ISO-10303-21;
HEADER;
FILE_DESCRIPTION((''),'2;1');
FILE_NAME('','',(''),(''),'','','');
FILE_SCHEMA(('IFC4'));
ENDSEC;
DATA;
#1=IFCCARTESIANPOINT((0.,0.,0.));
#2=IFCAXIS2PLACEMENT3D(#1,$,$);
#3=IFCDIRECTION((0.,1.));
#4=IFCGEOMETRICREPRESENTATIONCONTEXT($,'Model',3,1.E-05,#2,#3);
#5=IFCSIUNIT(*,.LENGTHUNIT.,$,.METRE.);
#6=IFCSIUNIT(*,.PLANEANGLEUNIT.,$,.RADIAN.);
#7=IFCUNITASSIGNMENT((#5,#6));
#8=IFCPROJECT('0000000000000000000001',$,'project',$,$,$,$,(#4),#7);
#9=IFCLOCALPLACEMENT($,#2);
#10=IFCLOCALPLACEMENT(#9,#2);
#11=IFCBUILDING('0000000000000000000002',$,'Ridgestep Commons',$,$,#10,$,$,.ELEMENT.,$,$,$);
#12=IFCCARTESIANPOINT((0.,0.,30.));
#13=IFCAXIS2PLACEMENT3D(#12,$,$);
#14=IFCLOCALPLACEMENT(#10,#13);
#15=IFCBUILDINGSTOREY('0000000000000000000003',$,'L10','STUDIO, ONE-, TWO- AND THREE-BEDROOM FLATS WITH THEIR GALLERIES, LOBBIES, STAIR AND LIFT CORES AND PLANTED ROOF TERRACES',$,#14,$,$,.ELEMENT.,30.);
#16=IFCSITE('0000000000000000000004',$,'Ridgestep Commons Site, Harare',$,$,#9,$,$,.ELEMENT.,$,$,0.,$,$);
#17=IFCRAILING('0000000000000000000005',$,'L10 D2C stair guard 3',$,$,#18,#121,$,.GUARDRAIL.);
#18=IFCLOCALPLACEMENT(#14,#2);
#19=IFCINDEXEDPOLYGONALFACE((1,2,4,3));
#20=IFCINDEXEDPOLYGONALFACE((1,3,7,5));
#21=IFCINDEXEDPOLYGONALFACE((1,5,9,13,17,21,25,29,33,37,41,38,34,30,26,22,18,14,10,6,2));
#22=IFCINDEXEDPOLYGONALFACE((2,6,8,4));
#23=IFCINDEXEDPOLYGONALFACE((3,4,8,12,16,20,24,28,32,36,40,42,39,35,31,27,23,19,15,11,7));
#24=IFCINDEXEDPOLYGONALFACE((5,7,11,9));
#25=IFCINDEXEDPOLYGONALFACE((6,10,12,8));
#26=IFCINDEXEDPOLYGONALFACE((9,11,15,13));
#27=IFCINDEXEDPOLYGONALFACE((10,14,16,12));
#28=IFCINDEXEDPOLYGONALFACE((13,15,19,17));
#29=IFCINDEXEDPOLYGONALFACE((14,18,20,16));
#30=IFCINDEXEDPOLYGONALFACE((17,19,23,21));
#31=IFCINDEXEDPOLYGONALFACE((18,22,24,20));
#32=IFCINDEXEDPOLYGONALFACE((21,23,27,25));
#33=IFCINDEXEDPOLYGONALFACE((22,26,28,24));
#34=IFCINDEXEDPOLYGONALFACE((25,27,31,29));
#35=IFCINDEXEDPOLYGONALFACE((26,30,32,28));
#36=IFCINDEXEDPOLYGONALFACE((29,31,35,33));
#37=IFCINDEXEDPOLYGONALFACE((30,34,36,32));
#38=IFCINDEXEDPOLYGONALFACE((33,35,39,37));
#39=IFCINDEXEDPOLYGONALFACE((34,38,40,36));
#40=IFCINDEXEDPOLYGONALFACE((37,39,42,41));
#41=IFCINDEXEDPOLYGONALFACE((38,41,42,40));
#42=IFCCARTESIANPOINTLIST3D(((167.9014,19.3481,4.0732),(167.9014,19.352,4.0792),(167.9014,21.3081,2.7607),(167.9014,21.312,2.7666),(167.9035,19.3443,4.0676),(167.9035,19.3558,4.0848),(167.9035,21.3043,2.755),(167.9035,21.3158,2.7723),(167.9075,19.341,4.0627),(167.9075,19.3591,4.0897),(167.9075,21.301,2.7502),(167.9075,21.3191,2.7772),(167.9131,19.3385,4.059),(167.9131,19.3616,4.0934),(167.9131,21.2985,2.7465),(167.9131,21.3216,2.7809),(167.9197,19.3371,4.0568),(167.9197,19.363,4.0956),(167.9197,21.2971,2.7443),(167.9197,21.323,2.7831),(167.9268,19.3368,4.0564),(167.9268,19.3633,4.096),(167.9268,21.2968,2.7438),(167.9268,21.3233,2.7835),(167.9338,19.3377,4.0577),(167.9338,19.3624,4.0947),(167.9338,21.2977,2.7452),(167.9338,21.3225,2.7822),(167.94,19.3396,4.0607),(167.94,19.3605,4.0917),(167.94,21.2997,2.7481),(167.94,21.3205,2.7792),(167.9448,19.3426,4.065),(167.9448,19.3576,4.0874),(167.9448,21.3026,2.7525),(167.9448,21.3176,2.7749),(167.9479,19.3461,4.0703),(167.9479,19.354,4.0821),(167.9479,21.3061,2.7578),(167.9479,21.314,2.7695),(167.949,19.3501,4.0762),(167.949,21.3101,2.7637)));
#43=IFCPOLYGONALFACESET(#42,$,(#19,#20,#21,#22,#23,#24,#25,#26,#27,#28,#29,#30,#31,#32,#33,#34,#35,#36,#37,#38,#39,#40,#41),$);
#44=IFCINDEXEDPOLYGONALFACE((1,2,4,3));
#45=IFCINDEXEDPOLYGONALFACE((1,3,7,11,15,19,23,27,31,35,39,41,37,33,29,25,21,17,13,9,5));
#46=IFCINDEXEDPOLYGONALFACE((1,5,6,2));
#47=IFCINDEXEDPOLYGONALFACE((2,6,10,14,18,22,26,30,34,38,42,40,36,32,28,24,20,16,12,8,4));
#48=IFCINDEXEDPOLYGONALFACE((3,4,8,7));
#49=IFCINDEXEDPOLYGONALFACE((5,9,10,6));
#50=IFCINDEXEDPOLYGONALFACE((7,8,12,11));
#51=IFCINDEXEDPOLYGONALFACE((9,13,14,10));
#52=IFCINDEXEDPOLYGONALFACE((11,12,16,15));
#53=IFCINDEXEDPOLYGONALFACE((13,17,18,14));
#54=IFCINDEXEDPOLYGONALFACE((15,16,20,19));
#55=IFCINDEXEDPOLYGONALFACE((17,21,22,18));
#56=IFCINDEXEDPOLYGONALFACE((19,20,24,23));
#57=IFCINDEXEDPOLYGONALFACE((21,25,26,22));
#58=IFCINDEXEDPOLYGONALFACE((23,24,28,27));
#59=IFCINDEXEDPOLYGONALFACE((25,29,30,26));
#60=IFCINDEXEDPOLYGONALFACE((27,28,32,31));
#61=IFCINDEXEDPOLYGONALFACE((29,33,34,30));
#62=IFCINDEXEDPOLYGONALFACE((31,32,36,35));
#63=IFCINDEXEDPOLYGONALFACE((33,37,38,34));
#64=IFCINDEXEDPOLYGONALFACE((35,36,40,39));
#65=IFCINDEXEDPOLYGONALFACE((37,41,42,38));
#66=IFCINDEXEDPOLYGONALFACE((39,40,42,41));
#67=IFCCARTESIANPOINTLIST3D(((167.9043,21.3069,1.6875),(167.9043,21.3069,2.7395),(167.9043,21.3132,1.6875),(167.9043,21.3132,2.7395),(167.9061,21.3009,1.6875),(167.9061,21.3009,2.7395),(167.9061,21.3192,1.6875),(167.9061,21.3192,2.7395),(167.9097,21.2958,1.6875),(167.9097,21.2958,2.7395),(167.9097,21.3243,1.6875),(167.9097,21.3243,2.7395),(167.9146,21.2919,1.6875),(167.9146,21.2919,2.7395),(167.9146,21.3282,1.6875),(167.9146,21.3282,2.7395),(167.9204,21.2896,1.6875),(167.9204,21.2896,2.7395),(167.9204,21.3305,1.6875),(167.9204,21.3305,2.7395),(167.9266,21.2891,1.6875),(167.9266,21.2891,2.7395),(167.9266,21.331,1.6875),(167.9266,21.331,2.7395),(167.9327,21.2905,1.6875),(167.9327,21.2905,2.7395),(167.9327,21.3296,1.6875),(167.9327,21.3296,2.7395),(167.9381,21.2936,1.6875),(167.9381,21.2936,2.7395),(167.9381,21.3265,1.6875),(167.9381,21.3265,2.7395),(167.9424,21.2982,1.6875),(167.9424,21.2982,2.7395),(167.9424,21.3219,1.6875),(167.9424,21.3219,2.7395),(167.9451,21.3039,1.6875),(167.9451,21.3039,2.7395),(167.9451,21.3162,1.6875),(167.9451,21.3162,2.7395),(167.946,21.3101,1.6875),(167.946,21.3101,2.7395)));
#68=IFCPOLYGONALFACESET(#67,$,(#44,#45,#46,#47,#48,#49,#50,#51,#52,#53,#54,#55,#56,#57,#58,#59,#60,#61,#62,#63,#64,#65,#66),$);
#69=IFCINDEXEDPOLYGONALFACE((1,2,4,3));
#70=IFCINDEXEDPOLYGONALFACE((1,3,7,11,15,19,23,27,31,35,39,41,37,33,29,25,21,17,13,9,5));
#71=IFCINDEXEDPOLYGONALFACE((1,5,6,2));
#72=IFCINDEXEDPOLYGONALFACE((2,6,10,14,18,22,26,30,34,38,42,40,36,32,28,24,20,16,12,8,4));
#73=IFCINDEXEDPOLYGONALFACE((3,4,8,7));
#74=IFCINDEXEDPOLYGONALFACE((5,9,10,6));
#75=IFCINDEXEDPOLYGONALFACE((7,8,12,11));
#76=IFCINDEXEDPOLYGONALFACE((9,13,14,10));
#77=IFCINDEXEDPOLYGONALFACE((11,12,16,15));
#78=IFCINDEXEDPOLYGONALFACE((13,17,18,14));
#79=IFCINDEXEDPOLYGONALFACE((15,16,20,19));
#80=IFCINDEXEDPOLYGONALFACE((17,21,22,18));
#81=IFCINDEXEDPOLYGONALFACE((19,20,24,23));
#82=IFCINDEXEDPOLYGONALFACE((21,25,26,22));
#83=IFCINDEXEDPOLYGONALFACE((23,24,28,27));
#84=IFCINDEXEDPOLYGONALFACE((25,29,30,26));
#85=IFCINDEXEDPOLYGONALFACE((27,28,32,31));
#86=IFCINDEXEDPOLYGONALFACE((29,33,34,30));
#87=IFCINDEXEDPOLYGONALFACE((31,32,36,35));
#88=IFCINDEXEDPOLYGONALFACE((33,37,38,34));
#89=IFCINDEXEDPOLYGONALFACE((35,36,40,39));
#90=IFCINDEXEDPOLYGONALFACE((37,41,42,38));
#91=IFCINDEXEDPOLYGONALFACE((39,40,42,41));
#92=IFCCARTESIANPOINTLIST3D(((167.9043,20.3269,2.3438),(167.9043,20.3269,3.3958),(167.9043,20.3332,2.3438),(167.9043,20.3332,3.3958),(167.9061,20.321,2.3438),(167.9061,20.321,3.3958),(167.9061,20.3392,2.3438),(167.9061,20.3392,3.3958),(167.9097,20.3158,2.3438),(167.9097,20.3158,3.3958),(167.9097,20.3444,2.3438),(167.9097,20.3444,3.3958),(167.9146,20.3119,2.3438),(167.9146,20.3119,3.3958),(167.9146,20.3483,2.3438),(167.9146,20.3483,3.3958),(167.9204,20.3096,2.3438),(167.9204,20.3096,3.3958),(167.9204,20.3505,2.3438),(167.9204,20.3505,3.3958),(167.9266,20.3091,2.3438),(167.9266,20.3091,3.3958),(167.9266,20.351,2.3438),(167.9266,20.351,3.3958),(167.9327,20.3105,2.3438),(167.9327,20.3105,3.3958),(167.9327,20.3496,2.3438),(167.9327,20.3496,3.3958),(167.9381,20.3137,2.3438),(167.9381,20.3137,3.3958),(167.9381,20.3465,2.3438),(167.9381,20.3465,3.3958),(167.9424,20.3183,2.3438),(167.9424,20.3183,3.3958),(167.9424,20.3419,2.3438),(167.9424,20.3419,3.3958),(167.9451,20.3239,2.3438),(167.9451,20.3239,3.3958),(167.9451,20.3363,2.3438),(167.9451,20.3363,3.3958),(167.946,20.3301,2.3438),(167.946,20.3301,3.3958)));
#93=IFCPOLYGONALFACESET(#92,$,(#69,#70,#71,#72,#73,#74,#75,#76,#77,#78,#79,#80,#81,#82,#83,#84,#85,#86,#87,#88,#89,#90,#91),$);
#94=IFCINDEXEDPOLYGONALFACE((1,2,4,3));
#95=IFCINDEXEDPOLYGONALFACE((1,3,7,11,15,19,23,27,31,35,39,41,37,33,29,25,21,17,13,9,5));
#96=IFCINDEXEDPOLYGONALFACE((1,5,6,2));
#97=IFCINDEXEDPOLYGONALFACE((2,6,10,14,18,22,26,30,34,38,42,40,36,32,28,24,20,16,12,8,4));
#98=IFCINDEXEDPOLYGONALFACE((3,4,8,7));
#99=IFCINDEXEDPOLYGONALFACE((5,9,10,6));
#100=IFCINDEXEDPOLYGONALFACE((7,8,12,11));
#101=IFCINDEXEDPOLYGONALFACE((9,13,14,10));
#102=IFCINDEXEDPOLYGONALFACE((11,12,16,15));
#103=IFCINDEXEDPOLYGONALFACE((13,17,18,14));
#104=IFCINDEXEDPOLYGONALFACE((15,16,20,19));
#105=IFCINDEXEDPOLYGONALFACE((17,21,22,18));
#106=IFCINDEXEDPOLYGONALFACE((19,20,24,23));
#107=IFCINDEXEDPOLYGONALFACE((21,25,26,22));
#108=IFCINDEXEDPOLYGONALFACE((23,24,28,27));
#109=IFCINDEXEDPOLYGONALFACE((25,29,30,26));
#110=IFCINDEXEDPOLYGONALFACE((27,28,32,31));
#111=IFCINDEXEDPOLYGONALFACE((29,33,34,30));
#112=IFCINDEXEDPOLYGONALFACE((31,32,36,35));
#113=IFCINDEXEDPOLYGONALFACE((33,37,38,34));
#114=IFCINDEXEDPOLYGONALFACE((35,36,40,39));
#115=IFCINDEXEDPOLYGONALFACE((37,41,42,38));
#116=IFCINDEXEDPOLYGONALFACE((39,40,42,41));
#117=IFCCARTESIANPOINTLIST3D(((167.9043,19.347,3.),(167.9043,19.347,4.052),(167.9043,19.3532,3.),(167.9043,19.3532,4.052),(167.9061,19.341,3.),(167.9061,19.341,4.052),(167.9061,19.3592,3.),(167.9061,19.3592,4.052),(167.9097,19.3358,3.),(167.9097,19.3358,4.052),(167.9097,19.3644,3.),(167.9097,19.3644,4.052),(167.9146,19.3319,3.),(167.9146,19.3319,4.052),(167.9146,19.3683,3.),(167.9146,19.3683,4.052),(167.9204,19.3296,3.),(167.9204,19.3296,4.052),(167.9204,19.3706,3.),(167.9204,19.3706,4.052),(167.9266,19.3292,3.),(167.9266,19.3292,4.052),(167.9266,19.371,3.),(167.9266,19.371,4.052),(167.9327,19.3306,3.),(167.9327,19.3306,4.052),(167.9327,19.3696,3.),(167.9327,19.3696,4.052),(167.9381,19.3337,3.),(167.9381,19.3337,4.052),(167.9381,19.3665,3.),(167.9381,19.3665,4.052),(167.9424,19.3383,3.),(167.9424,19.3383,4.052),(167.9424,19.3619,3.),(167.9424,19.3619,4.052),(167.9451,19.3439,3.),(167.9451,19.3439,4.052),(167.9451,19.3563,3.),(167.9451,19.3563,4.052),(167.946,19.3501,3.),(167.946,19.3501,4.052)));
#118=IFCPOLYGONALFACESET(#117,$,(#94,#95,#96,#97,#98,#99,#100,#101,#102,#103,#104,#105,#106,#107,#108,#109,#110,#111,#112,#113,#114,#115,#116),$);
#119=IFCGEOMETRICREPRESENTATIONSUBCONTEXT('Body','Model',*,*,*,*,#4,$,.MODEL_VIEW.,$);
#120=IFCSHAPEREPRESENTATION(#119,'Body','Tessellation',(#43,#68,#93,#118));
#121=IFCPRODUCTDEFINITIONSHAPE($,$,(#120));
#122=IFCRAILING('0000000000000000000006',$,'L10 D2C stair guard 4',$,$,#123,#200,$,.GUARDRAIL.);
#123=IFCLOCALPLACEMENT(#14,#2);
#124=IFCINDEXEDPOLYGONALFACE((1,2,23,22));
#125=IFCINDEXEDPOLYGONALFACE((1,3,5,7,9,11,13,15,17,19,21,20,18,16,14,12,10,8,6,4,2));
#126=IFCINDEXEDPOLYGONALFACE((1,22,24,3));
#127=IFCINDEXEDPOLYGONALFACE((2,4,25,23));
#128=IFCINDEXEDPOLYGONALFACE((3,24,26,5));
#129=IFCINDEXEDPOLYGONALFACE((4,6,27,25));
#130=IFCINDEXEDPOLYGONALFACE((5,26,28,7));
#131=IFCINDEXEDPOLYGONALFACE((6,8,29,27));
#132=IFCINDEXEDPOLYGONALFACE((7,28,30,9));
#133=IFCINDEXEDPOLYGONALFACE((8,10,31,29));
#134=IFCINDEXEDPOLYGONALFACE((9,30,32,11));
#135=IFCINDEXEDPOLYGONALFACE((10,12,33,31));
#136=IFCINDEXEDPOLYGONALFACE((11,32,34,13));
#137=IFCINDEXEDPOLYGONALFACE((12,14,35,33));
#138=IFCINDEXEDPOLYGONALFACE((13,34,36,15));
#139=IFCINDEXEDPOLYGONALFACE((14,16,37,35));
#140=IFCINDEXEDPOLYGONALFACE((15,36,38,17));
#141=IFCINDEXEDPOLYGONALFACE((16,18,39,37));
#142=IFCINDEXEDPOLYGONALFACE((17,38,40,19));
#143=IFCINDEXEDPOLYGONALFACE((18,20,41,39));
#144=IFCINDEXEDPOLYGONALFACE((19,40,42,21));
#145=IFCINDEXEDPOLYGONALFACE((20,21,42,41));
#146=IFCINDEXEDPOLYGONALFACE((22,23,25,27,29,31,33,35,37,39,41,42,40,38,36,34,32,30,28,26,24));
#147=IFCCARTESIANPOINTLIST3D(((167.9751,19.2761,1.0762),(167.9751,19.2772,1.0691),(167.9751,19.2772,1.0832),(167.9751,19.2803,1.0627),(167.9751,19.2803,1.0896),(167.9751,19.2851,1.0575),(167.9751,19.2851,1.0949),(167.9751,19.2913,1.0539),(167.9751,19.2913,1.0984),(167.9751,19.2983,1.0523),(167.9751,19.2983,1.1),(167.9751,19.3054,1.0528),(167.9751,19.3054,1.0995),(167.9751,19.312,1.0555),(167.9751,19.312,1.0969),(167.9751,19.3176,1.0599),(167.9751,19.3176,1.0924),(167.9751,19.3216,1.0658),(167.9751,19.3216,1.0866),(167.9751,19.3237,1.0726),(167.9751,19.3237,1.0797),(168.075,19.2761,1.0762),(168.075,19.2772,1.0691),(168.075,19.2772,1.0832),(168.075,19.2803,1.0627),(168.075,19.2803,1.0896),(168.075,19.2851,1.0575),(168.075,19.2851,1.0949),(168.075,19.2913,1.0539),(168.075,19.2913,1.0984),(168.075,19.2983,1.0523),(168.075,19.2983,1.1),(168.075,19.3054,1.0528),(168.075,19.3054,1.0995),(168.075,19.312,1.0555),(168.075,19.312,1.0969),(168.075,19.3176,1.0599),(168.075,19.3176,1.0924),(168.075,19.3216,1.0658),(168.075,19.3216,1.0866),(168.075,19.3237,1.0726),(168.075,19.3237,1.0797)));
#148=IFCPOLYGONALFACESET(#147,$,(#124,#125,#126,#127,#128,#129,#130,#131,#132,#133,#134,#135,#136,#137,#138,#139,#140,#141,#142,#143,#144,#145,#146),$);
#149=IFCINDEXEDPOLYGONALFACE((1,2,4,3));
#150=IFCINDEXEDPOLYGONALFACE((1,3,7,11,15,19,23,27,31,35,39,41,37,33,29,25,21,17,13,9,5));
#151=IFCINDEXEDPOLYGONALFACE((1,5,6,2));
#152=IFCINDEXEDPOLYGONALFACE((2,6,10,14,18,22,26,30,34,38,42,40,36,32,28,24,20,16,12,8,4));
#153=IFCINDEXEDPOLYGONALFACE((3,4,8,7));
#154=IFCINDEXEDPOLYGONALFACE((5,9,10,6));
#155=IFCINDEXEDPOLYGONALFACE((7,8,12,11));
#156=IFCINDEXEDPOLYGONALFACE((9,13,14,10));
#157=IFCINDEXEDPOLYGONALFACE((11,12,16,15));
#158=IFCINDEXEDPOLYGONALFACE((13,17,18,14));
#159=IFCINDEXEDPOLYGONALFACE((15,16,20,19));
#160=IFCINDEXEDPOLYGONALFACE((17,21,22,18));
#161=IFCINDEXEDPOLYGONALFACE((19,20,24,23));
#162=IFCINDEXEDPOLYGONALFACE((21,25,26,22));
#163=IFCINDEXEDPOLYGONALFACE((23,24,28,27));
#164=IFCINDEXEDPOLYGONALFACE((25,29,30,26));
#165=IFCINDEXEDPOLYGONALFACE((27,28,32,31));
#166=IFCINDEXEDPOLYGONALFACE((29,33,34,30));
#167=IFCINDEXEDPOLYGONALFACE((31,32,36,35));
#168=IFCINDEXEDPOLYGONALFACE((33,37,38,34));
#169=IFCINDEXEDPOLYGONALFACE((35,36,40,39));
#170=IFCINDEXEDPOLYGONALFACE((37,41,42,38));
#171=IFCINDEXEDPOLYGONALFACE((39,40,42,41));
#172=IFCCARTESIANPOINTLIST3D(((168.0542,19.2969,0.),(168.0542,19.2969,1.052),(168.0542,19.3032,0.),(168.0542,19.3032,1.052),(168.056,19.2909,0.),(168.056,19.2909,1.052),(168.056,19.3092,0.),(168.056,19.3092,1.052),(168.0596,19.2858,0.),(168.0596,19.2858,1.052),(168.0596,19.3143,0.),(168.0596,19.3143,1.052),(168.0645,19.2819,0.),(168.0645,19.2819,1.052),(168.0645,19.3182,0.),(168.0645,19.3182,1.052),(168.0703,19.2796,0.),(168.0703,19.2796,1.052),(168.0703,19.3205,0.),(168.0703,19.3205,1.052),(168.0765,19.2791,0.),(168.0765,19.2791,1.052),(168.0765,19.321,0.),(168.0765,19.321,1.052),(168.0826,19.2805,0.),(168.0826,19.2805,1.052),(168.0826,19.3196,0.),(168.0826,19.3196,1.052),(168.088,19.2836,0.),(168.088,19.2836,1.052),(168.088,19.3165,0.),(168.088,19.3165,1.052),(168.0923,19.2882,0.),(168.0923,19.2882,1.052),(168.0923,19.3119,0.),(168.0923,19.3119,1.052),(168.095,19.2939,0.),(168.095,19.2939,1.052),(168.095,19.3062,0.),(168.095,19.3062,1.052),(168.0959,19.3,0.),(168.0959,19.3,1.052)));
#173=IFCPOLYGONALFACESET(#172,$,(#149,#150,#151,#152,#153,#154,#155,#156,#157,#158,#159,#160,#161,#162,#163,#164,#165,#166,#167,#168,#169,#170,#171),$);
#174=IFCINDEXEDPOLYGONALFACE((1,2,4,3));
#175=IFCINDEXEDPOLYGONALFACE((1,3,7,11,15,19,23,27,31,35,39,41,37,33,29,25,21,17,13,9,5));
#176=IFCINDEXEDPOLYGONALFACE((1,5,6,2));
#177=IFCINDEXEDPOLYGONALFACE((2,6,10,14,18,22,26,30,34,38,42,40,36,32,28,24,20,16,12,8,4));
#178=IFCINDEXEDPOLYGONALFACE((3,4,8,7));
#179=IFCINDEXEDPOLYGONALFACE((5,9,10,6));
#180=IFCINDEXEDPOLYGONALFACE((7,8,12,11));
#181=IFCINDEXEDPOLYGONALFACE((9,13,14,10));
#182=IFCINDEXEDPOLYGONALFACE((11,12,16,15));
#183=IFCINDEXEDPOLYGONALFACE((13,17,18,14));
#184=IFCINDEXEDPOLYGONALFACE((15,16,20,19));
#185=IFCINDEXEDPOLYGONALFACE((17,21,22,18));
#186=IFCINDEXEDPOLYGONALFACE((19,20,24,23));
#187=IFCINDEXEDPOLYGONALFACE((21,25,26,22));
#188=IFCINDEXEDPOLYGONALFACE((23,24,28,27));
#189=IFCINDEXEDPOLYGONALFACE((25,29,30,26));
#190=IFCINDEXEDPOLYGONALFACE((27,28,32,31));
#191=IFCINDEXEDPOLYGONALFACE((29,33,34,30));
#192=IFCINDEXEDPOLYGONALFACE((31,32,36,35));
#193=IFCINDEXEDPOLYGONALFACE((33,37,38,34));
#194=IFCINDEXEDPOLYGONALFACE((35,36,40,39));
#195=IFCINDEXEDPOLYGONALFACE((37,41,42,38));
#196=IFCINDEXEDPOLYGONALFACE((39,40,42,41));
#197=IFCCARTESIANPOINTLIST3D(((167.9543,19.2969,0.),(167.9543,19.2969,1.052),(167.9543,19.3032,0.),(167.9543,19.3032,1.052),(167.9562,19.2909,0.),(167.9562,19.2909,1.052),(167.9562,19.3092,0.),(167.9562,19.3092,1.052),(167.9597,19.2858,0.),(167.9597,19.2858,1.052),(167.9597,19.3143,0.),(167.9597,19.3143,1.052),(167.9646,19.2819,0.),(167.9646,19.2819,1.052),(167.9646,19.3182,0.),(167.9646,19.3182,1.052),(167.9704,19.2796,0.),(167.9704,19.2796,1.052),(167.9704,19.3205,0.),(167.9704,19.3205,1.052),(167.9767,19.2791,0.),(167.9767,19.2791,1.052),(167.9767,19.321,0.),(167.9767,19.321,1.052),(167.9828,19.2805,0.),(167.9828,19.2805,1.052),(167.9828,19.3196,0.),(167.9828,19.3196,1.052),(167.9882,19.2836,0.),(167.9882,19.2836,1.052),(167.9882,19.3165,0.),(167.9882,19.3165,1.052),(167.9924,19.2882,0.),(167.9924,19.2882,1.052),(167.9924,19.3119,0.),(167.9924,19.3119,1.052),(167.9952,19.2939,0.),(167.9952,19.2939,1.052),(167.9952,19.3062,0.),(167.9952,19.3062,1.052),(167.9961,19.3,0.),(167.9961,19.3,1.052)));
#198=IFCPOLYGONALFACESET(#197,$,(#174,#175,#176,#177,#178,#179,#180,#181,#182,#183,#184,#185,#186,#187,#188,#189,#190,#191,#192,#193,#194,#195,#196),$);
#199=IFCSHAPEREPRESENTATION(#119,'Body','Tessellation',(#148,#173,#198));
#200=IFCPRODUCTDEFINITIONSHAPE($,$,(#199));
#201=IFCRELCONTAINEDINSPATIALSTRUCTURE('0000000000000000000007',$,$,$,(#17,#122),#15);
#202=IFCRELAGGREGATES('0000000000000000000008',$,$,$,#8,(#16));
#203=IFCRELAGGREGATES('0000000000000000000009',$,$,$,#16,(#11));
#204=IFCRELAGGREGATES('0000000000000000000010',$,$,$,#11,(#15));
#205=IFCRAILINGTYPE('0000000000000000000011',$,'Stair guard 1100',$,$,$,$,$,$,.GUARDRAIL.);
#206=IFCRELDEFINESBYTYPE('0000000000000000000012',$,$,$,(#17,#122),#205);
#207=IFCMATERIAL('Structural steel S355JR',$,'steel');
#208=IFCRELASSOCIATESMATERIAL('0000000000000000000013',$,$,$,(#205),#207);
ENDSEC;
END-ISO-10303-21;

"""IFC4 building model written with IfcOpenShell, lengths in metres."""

from ifc_helpers import new_model, si_unit, direction, frame, origin, origin_2d, place, context, subcontext, project, spatial, circle, extrude, material, type_object, element, save


model = new_model("IFC4")

# Units and contexts
model_context = context("Model", 3, precision=1e-05, world=origin(), true_north=direction((0.0, 1.0)))
body_context = subcontext(model_context, "Body", "Model", "MODEL_VIEW")
ifc_project = project(units=[si_unit("LENGTHUNIT", "METRE"), si_unit("PLANEANGLEUNIT", "RADIAN")], contexts=[model_context])

# Site, building, storey
site_placement = place(None, origin())
site = spatial("IfcSite", under=ifc_project, at=site_placement, Name="Ridgestep Commons Site, Harare", CompositionType="ELEMENT", RefElevation=0.0)
building_placement = place(site_placement, origin())
building = spatial("IfcBuilding", under=site, at=building_placement, Name="Ridgestep Commons", CompositionType="ELEMENT")
storey_placement = place(building_placement, frame((0.0, 0.0, 30.0)))
storey = spatial("IfcBuildingStorey", under=building, at=storey_placement, Name="L10", Description="STUDIO, ONE-, TWO- AND THREE-BEDROOM FLATS WITH THEIR GALLERIES, LOBBIES, STAIR AND LIFT CORES AND PLANTED ROOF TERRACES", CompositionType="ELEMENT", Elevation=30.0)

# Railings
ifc_material_1 = material(Name="Structural steel S355JR", Category="steel")
railing_type_1 = type_object("IfcRailingType", Name="Stair guard 1100", PredefinedType="GUARDRAIL", material=ifc_material_1)
railing_1_placement = place(storey_placement, frame((167.925, 21.3101, 1.6875)))
element("IfcRailing", 1, at=railing_1_placement, inside=storey, type_object=railing_type_1, Name="L10 D2C stair guard 3", PredefinedType="GUARDRAIL", context=body_context, shape_type="SweptSolid", body=[
    extrude(circle(Radius=0.0239, at=origin_2d()), frame((0.0, 0.0, 1.0762), z_axis=(0.0, -0.830902, 0.556419), x_axis=(1.0, 0.0, 0.0)), (0.0, 0.0, 1.0), 2.3589),
    extrude(circle(Radius=0.021, at=origin_2d()), origin(), (0.0, 0.0, 1.0), 1.052),
    extrude(circle(Radius=0.021, at=origin_2d()), frame((0.0, -0.98, 0.6562)), (0.0, 0.0, 1.0), 1.052),
    extrude(circle(Radius=0.021, at=origin_2d()), frame((0.0, -1.96, 1.3125)), (0.0, 0.0, 1.0), 1.052),
])
railing_2_placement = place(storey_placement, frame((168.075, 19.3, 0.0)))
element("IfcRailing", 2, at=railing_2_placement, inside=storey, type_object=railing_type_1, Name="L10 D2C stair guard 4", PredefinedType="GUARDRAIL", context=body_context, shape_type="SweptSolid", body=[
    extrude(circle(Radius=0.0239, at=origin_2d()), frame((0.0, 0.0, 1.0762), z_axis=(-1.0, 0.0, 0.0), x_axis=(0.0, -1.0, 0.0)), (0.0, 0.0, 1.0), 0.0999),
    extrude(circle(Radius=0.021, at=origin_2d()), origin(), (0.0, 0.0, 1.0), 1.052),
    extrude(circle(Radius=0.021, at=origin_2d()), frame((-0.0999, 0.0, 0.0)), (0.0, 0.0, 1.0), 1.052),
])

save(model, "model.ifc")
